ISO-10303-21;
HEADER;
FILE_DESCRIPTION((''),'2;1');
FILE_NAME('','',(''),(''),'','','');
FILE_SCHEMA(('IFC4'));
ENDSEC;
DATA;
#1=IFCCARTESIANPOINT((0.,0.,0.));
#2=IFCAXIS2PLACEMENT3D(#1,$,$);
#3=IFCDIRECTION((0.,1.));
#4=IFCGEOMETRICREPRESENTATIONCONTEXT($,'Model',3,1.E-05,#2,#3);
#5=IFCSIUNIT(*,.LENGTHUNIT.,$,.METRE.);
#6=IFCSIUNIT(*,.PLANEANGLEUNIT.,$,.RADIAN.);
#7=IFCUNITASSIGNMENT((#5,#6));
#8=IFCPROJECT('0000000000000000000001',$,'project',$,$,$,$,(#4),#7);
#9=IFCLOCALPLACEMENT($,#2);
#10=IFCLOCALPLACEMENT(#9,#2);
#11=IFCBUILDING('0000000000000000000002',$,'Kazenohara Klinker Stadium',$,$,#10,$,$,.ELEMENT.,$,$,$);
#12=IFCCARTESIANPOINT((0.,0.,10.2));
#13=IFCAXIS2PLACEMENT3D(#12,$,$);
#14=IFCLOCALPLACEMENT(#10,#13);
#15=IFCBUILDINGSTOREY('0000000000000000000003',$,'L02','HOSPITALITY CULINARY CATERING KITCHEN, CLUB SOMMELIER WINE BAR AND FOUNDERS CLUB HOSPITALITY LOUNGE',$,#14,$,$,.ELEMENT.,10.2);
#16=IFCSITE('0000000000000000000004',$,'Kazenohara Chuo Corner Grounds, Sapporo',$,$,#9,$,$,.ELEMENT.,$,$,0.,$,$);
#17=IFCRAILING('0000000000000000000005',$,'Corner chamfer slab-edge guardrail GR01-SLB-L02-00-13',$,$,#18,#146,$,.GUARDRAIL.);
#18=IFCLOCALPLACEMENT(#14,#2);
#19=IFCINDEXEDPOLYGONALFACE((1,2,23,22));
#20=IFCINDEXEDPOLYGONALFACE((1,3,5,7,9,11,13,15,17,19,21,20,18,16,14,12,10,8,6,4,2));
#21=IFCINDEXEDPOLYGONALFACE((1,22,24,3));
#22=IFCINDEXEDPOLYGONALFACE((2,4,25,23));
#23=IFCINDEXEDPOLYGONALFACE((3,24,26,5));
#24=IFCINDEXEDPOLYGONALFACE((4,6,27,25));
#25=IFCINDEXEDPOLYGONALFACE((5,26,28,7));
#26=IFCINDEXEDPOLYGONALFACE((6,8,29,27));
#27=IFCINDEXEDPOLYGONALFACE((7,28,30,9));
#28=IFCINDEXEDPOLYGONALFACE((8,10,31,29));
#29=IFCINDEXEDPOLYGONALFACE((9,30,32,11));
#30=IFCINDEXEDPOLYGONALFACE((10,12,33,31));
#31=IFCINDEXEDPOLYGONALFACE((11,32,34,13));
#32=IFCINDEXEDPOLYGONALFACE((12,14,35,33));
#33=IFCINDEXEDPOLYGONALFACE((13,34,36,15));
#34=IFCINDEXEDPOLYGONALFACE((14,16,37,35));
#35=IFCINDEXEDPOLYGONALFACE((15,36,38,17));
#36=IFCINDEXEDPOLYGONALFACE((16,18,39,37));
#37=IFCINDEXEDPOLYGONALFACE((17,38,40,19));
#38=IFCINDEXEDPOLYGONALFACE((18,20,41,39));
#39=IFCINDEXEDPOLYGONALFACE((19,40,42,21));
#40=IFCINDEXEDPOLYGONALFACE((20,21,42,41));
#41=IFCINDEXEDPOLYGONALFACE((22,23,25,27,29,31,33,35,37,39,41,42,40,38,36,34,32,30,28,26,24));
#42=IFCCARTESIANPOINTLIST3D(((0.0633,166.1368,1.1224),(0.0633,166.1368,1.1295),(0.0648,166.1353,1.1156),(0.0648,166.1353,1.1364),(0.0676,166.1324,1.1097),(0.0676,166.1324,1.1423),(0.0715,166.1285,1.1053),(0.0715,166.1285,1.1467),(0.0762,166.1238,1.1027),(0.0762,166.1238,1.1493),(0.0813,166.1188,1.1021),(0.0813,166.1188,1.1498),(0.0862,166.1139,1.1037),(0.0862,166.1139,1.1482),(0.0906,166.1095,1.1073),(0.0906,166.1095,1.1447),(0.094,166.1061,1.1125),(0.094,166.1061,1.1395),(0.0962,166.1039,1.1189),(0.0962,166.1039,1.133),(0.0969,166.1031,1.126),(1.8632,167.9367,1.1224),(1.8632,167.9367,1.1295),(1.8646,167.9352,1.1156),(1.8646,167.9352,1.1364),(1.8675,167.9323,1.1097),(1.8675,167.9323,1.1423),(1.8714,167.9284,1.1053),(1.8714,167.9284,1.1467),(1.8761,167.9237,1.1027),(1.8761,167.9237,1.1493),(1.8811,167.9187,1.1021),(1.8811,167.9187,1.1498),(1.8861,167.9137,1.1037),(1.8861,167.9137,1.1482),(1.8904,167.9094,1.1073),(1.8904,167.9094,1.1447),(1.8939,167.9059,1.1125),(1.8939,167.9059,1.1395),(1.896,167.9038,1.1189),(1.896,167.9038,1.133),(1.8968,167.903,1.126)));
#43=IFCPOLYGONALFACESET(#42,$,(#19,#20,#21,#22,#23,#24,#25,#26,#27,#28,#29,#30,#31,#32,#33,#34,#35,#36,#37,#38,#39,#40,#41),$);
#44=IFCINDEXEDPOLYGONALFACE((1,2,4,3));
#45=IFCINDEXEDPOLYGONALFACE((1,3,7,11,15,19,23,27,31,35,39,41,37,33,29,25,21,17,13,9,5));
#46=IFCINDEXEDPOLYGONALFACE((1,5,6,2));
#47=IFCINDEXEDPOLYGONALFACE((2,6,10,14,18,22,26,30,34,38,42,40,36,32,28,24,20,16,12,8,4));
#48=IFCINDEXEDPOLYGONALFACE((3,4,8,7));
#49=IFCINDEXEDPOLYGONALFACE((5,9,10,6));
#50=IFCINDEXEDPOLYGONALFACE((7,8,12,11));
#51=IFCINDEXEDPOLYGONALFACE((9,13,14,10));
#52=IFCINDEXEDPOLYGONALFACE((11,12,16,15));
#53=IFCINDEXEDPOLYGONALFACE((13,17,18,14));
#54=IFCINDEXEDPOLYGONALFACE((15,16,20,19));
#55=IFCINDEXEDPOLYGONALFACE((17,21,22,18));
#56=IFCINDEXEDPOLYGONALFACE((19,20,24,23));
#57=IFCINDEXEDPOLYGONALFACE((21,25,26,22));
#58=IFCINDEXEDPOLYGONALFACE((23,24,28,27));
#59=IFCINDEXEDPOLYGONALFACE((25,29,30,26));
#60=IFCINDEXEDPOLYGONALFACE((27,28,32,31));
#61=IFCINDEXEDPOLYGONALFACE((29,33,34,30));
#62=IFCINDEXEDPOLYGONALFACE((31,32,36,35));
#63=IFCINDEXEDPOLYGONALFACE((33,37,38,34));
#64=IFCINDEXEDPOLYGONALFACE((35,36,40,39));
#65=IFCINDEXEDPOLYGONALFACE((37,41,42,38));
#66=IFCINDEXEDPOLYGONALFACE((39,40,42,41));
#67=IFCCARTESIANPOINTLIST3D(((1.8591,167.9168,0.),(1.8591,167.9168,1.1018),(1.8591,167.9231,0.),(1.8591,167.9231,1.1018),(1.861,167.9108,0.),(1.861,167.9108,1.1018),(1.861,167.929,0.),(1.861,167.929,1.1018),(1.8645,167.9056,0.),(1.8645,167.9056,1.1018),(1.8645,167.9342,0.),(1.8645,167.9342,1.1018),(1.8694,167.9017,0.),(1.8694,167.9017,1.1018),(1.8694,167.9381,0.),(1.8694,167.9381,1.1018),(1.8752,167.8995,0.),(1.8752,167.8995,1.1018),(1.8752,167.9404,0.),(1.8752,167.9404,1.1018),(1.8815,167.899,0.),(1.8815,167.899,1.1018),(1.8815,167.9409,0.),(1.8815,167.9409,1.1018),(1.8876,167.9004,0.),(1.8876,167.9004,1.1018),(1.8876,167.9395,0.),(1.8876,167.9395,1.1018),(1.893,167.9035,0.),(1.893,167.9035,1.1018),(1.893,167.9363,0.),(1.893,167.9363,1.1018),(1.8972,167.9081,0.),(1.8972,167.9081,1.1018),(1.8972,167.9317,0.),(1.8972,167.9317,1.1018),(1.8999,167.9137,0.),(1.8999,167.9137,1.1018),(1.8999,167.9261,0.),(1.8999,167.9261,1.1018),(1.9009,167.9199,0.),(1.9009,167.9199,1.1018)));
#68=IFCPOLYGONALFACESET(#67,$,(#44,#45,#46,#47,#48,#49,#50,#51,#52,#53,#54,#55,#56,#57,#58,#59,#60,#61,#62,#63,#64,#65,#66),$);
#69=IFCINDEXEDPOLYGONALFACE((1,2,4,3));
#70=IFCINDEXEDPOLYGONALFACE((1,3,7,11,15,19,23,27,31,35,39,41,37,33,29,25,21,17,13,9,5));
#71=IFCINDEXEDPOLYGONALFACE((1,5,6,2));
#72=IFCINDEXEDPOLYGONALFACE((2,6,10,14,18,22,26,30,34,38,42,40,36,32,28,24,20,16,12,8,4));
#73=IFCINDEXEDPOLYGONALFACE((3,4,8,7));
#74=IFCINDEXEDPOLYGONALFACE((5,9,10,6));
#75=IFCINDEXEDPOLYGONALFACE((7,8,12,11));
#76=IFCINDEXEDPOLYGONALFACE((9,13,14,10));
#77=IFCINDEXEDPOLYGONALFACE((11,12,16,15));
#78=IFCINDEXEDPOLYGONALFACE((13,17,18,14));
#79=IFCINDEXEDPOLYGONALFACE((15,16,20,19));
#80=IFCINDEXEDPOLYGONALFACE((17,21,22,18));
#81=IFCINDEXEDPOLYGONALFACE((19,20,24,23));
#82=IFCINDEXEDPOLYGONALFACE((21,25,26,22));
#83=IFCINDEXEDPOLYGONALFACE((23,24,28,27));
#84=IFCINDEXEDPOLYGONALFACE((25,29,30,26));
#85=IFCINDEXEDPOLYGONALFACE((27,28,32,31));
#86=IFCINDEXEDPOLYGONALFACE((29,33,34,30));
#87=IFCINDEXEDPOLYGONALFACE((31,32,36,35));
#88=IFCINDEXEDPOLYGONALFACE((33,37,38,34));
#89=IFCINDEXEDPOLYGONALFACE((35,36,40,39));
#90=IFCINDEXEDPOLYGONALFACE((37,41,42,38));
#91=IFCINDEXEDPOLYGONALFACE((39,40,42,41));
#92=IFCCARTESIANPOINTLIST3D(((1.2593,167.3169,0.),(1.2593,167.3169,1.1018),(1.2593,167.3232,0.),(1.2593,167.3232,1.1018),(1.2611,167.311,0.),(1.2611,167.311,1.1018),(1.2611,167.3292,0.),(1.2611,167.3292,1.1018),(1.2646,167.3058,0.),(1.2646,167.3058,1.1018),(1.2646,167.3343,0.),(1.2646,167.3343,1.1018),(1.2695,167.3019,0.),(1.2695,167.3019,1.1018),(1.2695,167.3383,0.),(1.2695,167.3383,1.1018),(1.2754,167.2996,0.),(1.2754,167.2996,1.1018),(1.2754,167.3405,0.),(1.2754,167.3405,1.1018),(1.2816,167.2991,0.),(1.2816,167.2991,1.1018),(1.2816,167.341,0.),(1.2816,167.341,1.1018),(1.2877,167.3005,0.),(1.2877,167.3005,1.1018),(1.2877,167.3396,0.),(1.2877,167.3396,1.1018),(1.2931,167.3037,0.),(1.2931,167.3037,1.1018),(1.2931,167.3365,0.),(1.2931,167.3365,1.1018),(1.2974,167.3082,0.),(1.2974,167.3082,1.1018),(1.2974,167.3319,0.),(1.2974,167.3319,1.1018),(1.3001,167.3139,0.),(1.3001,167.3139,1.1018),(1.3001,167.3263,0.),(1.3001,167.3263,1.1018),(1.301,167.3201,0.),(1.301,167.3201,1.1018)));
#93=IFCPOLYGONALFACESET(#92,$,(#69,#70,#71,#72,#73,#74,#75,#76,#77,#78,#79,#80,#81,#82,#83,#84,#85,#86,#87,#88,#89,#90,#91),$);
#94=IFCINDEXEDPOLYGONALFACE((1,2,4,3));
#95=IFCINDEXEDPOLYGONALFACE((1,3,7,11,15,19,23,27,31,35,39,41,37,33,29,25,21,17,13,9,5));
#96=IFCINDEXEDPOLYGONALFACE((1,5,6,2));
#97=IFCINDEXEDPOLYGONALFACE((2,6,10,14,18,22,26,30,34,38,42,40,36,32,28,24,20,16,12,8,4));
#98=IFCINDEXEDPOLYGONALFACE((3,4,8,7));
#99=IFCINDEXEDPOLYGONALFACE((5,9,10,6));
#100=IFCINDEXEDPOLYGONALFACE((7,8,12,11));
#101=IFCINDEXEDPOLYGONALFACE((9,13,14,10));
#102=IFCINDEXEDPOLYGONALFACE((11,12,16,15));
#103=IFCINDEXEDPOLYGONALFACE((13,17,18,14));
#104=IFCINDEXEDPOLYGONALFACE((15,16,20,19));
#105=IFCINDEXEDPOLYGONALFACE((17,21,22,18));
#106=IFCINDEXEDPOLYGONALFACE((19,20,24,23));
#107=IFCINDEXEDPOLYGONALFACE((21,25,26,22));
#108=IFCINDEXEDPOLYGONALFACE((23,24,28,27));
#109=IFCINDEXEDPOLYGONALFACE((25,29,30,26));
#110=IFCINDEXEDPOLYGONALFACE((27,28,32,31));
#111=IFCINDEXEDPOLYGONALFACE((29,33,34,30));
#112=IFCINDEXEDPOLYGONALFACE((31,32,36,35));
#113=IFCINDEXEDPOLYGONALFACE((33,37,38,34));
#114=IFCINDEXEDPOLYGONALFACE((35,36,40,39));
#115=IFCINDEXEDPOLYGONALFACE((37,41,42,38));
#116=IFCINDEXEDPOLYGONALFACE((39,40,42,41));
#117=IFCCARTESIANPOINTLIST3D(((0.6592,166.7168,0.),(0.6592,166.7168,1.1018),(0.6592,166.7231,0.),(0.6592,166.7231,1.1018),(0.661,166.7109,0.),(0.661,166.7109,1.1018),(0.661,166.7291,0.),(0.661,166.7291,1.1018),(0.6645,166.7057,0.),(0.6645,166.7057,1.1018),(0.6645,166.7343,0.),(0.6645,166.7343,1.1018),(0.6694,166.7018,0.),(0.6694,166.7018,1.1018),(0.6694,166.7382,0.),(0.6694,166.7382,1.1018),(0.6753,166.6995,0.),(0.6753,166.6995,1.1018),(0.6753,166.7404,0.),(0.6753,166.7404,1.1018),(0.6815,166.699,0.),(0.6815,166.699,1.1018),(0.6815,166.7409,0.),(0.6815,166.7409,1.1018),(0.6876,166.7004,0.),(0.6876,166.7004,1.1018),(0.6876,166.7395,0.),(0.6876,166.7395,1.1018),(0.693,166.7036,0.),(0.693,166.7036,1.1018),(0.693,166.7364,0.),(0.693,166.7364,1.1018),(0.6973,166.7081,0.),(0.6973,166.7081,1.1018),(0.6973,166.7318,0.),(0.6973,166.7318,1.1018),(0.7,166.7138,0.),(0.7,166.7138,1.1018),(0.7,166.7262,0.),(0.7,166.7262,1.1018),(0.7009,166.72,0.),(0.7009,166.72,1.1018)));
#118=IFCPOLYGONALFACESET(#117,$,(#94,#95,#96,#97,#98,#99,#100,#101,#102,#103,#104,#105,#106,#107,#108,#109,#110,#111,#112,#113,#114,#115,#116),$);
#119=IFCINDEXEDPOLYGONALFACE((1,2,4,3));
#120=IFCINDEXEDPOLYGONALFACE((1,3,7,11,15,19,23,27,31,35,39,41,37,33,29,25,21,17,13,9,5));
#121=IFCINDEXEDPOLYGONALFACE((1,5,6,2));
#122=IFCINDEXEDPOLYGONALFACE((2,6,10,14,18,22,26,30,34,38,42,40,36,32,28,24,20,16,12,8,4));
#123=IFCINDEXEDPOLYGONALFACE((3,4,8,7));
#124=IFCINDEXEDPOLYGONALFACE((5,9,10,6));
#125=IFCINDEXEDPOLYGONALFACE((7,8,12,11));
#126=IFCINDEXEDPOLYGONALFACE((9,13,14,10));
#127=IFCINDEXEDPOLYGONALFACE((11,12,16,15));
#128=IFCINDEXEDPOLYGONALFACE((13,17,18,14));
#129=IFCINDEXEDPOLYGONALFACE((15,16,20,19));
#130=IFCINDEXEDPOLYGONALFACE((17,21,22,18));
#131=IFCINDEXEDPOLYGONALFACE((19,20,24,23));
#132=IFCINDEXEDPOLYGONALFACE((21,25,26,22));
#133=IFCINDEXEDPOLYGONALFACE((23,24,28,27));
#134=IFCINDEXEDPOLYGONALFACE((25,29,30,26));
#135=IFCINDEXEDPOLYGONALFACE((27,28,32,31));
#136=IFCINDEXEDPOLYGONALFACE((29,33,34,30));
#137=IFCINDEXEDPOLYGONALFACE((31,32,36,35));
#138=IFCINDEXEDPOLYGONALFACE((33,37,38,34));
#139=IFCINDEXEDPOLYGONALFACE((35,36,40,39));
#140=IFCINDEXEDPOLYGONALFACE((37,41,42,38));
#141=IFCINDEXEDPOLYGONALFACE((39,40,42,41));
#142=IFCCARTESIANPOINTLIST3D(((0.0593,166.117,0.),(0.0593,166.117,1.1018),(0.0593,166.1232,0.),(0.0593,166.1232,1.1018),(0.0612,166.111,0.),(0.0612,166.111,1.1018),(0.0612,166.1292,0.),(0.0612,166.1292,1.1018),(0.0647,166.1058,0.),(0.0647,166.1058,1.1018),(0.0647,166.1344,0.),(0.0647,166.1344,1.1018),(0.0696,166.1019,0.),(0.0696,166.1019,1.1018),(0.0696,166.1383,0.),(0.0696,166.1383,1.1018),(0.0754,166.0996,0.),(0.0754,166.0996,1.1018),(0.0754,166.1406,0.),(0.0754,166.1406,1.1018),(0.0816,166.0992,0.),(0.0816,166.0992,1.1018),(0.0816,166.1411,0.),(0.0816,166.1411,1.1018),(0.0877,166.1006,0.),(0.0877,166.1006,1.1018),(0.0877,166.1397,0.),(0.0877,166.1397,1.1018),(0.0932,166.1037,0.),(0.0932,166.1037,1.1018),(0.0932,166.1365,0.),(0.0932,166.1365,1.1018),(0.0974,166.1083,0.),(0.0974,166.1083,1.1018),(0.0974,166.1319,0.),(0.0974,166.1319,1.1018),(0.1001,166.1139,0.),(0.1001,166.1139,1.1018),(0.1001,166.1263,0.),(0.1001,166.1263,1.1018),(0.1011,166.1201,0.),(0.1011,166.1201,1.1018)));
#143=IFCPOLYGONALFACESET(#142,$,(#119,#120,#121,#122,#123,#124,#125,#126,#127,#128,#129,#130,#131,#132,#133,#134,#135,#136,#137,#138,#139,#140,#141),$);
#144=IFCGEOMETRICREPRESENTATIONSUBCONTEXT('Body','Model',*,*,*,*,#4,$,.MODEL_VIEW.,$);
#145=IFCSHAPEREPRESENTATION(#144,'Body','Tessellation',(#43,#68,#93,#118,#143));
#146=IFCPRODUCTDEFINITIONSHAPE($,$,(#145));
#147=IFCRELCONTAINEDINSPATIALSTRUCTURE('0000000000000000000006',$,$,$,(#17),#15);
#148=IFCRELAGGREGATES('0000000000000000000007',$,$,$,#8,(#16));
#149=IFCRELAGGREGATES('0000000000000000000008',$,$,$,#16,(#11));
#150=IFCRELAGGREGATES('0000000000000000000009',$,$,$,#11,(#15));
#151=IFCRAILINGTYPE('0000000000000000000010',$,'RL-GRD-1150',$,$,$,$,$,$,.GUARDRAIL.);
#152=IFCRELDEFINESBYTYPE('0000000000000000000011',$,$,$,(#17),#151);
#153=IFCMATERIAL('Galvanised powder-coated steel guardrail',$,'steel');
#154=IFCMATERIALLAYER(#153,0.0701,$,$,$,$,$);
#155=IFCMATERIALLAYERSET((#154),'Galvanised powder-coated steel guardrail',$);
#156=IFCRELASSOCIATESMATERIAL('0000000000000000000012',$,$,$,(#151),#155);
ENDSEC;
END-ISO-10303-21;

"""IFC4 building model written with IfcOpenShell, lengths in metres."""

from ifc_helpers import new_model, si_unit, direction, frame, origin, origin_2d, place, context, subcontext, project, spatial, circle, extrude, material, layer, layer_set, type_object, element, save


model = new_model("IFC4")

# Units and contexts
model_context = context("Model", 3, precision=1e-05, world=origin(), true_north=direction((0.0, 1.0)))
body_context = subcontext(model_context, "Body", "Model", "MODEL_VIEW")
ifc_project = project(units=[si_unit("LENGTHUNIT", "METRE"), si_unit("PLANEANGLEUNIT", "RADIAN")], contexts=[model_context])

# Site, building, storey
site_placement = place(None, origin())
site = spatial("IfcSite", under=ifc_project, at=site_placement, Name="Kazenohara Chuo Corner Grounds, Sapporo", CompositionType="ELEMENT", RefElevation=0.0)
building_placement = place(site_placement, origin())
building = spatial("IfcBuilding", under=site, at=building_placement, Name="Kazenohara Klinker Stadium", CompositionType="ELEMENT")
storey_placement = place(building_placement, frame((0.0, 0.0, 10.2)))
storey = spatial("IfcBuildingStorey", under=building, at=storey_placement, Name="L02", Description="HOSPITALITY CULINARY CATERING KITCHEN, CLUB SOMMELIER WINE BAR AND FOUNDERS CLUB HOSPITALITY LOUNGE", CompositionType="ELEMENT", Elevation=10.2)

# Railing
ifc_material_1 = material(Name="Galvanised powder-coated steel guardrail", Category="steel")
ifc_layer_1 = layer(ifc_material_1, 0.0701)
ifc_layer_set_1 = layer_set([ifc_layer_1], Name="Galvanised powder-coated steel guardrail")
railing_type = type_object("IfcRailingType", Name="RL-GRD-1150", PredefinedType="GUARDRAIL", material=ifc_layer_set_1)
railing_placement = place(storey_placement, frame((1.8799, 167.9199, 0.0)))
element("IfcRailing", 1, at=railing_placement, inside=storey, type_object=railing_type, Name="Corner chamfer slab-edge guardrail GR01-SLB-L02-00-13", PredefinedType="GUARDRAIL", context=body_context, shape_type="SweptSolid", body=[
    extrude(circle(Radius=0.0239, at=origin_2d()), frame((0.0, 0.0, 1.126), z_axis=(-0.707107, -0.707107, 0.0), x_axis=(0.707107, -0.707107, 0.0)), (0.0, 0.0, 1.0), 2.5454),
    extrude(circle(Radius=0.021, at=origin_2d()), origin(), (0.0, 0.0, 1.0), 1.1018),
    extrude(circle(Radius=0.021, at=origin_2d()), frame((-0.5999, -0.5999, 0.0)), (0.0, 0.0, 1.0), 1.1018),
    extrude(circle(Radius=0.021, at=origin_2d()), frame((-1.2, -1.2, 0.0)), (0.0, 0.0, 1.0), 1.1018),
    extrude(circle(Radius=0.021, at=origin_2d()), frame((-1.7998, -1.7998, 0.0)), (0.0, 0.0, 1.0), 1.1018),
])

save(model, "model.ifc")
